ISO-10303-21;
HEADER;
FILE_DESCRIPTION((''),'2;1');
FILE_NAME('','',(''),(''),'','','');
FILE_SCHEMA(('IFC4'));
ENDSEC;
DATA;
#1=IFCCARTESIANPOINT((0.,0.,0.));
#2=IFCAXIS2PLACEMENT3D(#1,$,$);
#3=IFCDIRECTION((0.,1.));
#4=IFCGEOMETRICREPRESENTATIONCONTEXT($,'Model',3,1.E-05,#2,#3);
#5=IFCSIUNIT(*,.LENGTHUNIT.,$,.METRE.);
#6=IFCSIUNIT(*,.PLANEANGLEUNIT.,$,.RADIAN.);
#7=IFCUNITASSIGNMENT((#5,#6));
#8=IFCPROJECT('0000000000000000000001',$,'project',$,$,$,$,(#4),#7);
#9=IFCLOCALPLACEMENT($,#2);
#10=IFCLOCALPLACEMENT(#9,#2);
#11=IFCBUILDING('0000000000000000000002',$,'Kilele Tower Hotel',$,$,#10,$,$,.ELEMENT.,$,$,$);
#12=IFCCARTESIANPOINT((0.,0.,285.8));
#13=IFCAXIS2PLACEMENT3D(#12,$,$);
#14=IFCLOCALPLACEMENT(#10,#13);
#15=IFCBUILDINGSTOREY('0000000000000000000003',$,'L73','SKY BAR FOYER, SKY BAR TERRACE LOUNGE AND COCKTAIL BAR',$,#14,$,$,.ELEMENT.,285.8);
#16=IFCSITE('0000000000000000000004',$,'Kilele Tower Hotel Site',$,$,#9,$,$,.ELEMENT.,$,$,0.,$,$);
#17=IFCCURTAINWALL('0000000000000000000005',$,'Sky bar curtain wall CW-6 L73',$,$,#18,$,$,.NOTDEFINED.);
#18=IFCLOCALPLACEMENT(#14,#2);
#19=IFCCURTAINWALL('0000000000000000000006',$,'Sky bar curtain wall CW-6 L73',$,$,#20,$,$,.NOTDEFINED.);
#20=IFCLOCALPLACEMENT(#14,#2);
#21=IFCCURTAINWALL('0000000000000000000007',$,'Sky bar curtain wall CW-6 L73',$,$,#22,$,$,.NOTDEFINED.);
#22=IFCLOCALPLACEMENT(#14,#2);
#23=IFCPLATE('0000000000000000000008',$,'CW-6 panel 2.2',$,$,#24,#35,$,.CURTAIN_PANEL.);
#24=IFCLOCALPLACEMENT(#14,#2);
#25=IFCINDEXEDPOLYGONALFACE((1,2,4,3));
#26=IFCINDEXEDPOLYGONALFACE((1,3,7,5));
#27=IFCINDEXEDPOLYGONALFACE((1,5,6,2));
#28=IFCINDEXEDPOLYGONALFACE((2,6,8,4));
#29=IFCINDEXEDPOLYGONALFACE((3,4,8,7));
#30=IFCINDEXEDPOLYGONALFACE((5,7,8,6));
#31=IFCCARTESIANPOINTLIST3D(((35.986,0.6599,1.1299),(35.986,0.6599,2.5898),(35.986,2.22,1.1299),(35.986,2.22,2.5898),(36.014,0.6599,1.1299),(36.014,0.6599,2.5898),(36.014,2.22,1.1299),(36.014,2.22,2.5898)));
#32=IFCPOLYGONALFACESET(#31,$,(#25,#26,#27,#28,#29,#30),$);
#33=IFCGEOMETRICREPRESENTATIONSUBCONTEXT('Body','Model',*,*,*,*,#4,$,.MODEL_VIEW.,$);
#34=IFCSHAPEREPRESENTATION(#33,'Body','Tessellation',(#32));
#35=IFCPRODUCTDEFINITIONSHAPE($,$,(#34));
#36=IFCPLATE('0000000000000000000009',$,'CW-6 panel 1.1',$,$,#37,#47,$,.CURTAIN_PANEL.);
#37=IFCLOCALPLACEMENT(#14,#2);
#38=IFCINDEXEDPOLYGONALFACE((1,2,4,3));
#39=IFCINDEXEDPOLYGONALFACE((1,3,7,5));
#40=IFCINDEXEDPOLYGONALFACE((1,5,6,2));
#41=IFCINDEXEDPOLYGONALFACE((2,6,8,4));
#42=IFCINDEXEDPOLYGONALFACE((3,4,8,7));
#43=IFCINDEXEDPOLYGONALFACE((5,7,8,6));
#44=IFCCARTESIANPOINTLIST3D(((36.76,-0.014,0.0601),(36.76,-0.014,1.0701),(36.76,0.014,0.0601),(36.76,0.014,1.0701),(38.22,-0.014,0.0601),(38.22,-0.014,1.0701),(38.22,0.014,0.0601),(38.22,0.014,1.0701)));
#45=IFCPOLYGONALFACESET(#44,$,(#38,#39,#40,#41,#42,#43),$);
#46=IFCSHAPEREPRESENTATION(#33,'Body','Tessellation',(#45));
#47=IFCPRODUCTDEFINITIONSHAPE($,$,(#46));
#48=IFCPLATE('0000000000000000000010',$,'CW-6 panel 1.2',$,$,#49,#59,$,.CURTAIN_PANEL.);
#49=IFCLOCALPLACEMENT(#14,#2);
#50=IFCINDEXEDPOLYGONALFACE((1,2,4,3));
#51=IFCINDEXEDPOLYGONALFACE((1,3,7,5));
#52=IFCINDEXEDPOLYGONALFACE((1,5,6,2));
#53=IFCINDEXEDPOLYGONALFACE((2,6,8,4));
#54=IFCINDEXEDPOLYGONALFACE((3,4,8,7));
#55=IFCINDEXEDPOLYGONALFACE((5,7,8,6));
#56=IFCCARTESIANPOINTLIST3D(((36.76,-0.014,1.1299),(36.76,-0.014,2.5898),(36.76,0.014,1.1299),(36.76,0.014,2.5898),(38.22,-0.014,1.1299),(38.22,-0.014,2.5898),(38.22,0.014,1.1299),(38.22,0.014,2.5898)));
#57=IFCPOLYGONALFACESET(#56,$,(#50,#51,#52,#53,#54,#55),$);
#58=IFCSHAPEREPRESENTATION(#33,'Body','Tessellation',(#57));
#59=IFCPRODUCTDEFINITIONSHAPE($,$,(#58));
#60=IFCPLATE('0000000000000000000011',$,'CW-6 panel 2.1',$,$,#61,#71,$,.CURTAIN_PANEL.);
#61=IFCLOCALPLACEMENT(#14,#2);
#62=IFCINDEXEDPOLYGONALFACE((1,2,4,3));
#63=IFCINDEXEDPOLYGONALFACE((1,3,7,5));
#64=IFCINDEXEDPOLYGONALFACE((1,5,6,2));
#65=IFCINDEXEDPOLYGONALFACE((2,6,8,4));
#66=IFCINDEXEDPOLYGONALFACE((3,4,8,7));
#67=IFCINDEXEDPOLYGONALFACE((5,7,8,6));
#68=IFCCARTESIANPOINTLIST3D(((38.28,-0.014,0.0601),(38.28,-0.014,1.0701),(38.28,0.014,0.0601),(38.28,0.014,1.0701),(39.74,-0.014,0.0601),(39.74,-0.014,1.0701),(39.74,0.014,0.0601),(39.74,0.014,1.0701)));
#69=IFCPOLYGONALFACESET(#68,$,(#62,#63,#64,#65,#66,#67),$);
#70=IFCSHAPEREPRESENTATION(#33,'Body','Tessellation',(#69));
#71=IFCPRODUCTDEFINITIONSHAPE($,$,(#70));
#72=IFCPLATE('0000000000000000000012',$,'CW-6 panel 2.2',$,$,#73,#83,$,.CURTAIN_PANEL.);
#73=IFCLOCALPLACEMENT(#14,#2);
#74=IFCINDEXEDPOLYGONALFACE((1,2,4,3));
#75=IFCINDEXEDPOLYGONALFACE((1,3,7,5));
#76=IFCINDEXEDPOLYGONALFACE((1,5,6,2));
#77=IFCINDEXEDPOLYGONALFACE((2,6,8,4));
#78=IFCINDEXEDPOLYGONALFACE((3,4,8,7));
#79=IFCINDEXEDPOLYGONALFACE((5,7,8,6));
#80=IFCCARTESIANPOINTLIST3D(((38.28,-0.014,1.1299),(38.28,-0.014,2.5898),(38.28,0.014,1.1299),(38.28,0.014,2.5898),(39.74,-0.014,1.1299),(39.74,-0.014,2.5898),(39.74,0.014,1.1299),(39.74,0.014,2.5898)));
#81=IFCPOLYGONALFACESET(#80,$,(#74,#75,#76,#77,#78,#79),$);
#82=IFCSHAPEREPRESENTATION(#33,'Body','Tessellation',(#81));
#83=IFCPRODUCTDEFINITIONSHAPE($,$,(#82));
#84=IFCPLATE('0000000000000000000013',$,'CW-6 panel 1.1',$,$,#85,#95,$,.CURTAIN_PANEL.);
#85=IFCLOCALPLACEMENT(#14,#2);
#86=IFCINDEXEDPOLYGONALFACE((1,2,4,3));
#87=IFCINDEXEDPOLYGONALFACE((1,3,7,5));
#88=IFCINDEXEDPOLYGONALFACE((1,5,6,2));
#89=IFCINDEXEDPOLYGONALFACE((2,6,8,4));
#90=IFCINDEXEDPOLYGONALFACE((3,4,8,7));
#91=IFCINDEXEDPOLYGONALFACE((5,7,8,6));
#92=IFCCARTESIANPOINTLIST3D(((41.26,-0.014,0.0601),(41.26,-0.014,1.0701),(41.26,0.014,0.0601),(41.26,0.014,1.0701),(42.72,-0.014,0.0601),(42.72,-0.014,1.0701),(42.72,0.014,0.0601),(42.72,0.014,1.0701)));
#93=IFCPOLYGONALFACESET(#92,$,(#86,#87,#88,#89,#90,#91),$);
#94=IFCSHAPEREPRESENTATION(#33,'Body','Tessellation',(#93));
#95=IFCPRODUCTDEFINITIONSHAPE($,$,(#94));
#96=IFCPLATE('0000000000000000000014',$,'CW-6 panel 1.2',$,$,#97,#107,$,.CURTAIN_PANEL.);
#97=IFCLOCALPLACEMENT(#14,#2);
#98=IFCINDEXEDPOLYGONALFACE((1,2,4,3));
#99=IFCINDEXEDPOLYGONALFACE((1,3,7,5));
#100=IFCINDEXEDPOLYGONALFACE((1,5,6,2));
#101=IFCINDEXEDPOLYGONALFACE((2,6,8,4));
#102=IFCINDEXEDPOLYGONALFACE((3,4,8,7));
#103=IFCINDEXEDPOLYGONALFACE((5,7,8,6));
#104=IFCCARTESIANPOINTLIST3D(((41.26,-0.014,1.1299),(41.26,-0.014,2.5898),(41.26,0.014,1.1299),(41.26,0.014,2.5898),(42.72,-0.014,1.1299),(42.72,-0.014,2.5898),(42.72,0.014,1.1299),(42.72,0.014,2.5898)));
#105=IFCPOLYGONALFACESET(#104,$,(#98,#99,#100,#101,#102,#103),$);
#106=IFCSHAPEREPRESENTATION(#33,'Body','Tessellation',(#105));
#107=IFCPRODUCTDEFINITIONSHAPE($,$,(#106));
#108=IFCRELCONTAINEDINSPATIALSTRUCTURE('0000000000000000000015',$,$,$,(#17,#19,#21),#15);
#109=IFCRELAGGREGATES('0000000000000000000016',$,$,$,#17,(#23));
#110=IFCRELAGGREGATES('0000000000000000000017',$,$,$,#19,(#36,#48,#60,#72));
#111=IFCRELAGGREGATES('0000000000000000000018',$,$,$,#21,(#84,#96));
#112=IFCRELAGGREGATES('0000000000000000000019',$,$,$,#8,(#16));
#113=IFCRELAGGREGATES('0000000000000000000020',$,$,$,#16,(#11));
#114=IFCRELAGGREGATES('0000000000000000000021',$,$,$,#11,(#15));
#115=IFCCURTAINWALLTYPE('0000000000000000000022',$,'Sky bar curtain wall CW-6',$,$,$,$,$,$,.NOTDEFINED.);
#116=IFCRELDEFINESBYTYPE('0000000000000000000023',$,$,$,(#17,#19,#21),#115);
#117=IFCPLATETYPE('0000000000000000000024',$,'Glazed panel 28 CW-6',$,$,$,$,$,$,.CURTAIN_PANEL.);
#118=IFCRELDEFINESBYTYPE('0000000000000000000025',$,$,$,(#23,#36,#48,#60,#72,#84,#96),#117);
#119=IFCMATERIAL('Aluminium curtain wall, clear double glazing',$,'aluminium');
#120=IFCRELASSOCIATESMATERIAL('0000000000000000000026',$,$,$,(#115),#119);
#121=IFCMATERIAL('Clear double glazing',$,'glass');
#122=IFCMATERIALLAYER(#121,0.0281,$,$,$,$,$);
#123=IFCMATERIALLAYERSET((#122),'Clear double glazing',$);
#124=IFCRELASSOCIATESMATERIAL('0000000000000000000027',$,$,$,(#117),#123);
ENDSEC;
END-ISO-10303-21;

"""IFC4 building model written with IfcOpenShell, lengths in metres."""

from ifc_helpers import new_model, si_unit, direction, frame, origin, origin_2d, place, context, subcontext, project, spatial, rectangle, extrude, material, layer, layer_set, type_object, element, aggregate, save


model = new_model("IFC4")

# Units and contexts
model_context = context("Model", 3, precision=1e-05, world=origin(), true_north=direction((0.0, 1.0)))
body_context = subcontext(model_context, "Body", "Model", "MODEL_VIEW")
ifc_project = project(units=[si_unit("LENGTHUNIT", "METRE"), si_unit("PLANEANGLEUNIT", "RADIAN")], contexts=[model_context])

# Site, building, storey
site_placement = place(None, origin())
site = spatial("IfcSite", under=ifc_project, at=site_placement, Name="Kilele Tower Hotel Site", CompositionType="ELEMENT", RefElevation=0.0)
building_placement = place(site_placement, origin())
building = spatial("IfcBuilding", under=site, at=building_placement, Name="Kilele Tower Hotel", CompositionType="ELEMENT")
storey_placement = place(building_placement, frame((0.0, 0.0, 285.8)))
storey = spatial("IfcBuildingStorey", under=building, at=storey_placement, Name="L73", Description="SKY BAR FOYER, SKY BAR TERRACE LOUNGE AND COCKTAIL BAR", CompositionType="ELEMENT", Elevation=285.8)

# Curtain walls
ifc_material_1 = material(Name="Aluminium curtain wall, clear double glazing", Category="aluminium")
curtain_wall_type = type_object("IfcCurtainWallType", Name="Sky bar curtain wall CW-6", PredefinedType="NOTDEFINED", material=ifc_material_1)
curtain_wall_1_placement = place(storey_placement, origin())
curtain_wall_1 = element("IfcCurtainWall", 1, at=curtain_wall_1_placement, inside=storey, type_object=curtain_wall_type, Name="Sky bar curtain wall CW-6 L73", PredefinedType="NOTDEFINED")
curtain_wall_2_placement = place(storey_placement, origin())
curtain_wall_2 = element("IfcCurtainWall", 2, at=curtain_wall_2_placement, inside=storey, type_object=curtain_wall_type, Name="Sky bar curtain wall CW-6 L73", PredefinedType="NOTDEFINED")

# Curtain wall
curtain_wall_3_placement = place(storey_placement, origin())
curtain_wall_3 = element("IfcCurtainWall", 3, at=curtain_wall_3_placement, inside=storey, type_object=curtain_wall_type, Name="Sky bar curtain wall CW-6 L73", PredefinedType="NOTDEFINED")

# Plates
ifc_material_2 = material(Name="Clear double glazing", Category="glass")
ifc_layer = layer(ifc_material_2, 0.0281)
ifc_layer_set = layer_set([ifc_layer], Name="Clear double glazing")
plate_type = type_object("IfcPlateType", Name="Glazed panel 28 CW-6", PredefinedType="CURTAIN_PANEL", material=ifc_layer_set)
plate_1_placement = place(storey_placement, frame((36.0, 1.4399, 1.1299), z_axis=(0.0, 0.0, 1.0), x_axis=(0.0, -1.0, 0.0)))
plate_1 = element("IfcPlate", 4, at=plate_1_placement, type_object=plate_type, Name="CW-6 panel 2.2", PredefinedType="CURTAIN_PANEL", context=body_context, shape_type="SweptSolid", body=[
    extrude(rectangle(XDim=1.5601, YDim=0.0281, at=origin_2d()), origin(), (0.0, 0.0, 1.0), 1.46),
])
aggregate(curtain_wall_1, [plate_1])
plate_2_placement = place(storey_placement, frame((37.49, 0.0, 0.0601), z_axis=(0.0, 0.0, 1.0), x_axis=(1.0, 0.0, 0.0)))
plate_2 = element("IfcPlate", 5, at=plate_2_placement, type_object=plate_type, Name="CW-6 panel 1.1", PredefinedType="CURTAIN_PANEL", context=body_context, shape_type="SweptSolid", body=[
    extrude(rectangle(XDim=1.46, YDim=0.0281, at=origin_2d()), origin(), (0.0, 0.0, 1.0), 1.01),
])
plate_3_placement = place(storey_placement, frame((37.49, 0.0, 1.1299), z_axis=(0.0, 0.0, 1.0), x_axis=(1.0, 0.0, 0.0)))
plate_3 = element("IfcPlate", 6, at=plate_3_placement, type_object=plate_type, Name="CW-6 panel 1.2", PredefinedType="CURTAIN_PANEL", context=body_context, shape_type="SweptSolid", body=[
    extrude(rectangle(XDim=1.46, YDim=0.0281, at=origin_2d()), origin(), (0.0, 0.0, 1.0), 1.46),
])
plate_4_placement = place(storey_placement, frame((39.01, 0.0, 0.0601), z_axis=(0.0, 0.0, 1.0), x_axis=(1.0, 0.0, 0.0)))
plate_4 = element("IfcPlate", 7, at=plate_4_placement, type_object=plate_type, Name="CW-6 panel 2.1", PredefinedType="CURTAIN_PANEL", context=body_context, shape_type="SweptSolid", body=[
    extrude(rectangle(XDim=1.46, YDim=0.0281, at=origin_2d()), origin(), (0.0, 0.0, 1.0), 1.01),
])
plate_5_placement = place(storey_placement, frame((39.01, 0.0, 1.1299), z_axis=(0.0, 0.0, 1.0), x_axis=(1.0, 0.0, 0.0)))
plate_5 = element("IfcPlate", 8, at=plate_5_placement, type_object=plate_type, Name="CW-6 panel 2.2", PredefinedType="CURTAIN_PANEL", context=body_context, shape_type="SweptSolid", body=[
    extrude(rectangle(XDim=1.46, YDim=0.0281, at=origin_2d()), origin(), (0.0, 0.0, 1.0), 1.46),
])
aggregate(curtain_wall_2, [plate_2, plate_3, plate_4, plate_5])
plate_6_placement = place(storey_placement, frame((41.99, 0.0, 0.0601), z_axis=(0.0, 0.0, 1.0), x_axis=(1.0, 0.0, 0.0)))
plate_6 = element("IfcPlate", 9, at=plate_6_placement, type_object=plate_type, Name="CW-6 panel 1.1", PredefinedType="CURTAIN_PANEL", context=body_context, shape_type="SweptSolid", body=[
    extrude(rectangle(XDim=1.46, YDim=0.0281, at=origin_2d()), origin(), (0.0, 0.0, 1.0), 1.01),
])
plate_7_placement = place(storey_placement, frame((41.99, 0.0, 1.1299), z_axis=(0.0, 0.0, 1.0), x_axis=(1.0, 0.0, 0.0)))
plate_7 = element("IfcPlate", 10, at=plate_7_placement, type_object=plate_type, Name="CW-6 panel 1.2", PredefinedType="CURTAIN_PANEL", context=body_context, shape_type="SweptSolid", body=[
    extrude(rectangle(XDim=1.46, YDim=0.0281, at=origin_2d()), origin(), (0.0, 0.0, 1.0), 1.46),
])
aggregate(curtain_wall_3, [plate_6, plate_7])

save(model, "model.ifc")
